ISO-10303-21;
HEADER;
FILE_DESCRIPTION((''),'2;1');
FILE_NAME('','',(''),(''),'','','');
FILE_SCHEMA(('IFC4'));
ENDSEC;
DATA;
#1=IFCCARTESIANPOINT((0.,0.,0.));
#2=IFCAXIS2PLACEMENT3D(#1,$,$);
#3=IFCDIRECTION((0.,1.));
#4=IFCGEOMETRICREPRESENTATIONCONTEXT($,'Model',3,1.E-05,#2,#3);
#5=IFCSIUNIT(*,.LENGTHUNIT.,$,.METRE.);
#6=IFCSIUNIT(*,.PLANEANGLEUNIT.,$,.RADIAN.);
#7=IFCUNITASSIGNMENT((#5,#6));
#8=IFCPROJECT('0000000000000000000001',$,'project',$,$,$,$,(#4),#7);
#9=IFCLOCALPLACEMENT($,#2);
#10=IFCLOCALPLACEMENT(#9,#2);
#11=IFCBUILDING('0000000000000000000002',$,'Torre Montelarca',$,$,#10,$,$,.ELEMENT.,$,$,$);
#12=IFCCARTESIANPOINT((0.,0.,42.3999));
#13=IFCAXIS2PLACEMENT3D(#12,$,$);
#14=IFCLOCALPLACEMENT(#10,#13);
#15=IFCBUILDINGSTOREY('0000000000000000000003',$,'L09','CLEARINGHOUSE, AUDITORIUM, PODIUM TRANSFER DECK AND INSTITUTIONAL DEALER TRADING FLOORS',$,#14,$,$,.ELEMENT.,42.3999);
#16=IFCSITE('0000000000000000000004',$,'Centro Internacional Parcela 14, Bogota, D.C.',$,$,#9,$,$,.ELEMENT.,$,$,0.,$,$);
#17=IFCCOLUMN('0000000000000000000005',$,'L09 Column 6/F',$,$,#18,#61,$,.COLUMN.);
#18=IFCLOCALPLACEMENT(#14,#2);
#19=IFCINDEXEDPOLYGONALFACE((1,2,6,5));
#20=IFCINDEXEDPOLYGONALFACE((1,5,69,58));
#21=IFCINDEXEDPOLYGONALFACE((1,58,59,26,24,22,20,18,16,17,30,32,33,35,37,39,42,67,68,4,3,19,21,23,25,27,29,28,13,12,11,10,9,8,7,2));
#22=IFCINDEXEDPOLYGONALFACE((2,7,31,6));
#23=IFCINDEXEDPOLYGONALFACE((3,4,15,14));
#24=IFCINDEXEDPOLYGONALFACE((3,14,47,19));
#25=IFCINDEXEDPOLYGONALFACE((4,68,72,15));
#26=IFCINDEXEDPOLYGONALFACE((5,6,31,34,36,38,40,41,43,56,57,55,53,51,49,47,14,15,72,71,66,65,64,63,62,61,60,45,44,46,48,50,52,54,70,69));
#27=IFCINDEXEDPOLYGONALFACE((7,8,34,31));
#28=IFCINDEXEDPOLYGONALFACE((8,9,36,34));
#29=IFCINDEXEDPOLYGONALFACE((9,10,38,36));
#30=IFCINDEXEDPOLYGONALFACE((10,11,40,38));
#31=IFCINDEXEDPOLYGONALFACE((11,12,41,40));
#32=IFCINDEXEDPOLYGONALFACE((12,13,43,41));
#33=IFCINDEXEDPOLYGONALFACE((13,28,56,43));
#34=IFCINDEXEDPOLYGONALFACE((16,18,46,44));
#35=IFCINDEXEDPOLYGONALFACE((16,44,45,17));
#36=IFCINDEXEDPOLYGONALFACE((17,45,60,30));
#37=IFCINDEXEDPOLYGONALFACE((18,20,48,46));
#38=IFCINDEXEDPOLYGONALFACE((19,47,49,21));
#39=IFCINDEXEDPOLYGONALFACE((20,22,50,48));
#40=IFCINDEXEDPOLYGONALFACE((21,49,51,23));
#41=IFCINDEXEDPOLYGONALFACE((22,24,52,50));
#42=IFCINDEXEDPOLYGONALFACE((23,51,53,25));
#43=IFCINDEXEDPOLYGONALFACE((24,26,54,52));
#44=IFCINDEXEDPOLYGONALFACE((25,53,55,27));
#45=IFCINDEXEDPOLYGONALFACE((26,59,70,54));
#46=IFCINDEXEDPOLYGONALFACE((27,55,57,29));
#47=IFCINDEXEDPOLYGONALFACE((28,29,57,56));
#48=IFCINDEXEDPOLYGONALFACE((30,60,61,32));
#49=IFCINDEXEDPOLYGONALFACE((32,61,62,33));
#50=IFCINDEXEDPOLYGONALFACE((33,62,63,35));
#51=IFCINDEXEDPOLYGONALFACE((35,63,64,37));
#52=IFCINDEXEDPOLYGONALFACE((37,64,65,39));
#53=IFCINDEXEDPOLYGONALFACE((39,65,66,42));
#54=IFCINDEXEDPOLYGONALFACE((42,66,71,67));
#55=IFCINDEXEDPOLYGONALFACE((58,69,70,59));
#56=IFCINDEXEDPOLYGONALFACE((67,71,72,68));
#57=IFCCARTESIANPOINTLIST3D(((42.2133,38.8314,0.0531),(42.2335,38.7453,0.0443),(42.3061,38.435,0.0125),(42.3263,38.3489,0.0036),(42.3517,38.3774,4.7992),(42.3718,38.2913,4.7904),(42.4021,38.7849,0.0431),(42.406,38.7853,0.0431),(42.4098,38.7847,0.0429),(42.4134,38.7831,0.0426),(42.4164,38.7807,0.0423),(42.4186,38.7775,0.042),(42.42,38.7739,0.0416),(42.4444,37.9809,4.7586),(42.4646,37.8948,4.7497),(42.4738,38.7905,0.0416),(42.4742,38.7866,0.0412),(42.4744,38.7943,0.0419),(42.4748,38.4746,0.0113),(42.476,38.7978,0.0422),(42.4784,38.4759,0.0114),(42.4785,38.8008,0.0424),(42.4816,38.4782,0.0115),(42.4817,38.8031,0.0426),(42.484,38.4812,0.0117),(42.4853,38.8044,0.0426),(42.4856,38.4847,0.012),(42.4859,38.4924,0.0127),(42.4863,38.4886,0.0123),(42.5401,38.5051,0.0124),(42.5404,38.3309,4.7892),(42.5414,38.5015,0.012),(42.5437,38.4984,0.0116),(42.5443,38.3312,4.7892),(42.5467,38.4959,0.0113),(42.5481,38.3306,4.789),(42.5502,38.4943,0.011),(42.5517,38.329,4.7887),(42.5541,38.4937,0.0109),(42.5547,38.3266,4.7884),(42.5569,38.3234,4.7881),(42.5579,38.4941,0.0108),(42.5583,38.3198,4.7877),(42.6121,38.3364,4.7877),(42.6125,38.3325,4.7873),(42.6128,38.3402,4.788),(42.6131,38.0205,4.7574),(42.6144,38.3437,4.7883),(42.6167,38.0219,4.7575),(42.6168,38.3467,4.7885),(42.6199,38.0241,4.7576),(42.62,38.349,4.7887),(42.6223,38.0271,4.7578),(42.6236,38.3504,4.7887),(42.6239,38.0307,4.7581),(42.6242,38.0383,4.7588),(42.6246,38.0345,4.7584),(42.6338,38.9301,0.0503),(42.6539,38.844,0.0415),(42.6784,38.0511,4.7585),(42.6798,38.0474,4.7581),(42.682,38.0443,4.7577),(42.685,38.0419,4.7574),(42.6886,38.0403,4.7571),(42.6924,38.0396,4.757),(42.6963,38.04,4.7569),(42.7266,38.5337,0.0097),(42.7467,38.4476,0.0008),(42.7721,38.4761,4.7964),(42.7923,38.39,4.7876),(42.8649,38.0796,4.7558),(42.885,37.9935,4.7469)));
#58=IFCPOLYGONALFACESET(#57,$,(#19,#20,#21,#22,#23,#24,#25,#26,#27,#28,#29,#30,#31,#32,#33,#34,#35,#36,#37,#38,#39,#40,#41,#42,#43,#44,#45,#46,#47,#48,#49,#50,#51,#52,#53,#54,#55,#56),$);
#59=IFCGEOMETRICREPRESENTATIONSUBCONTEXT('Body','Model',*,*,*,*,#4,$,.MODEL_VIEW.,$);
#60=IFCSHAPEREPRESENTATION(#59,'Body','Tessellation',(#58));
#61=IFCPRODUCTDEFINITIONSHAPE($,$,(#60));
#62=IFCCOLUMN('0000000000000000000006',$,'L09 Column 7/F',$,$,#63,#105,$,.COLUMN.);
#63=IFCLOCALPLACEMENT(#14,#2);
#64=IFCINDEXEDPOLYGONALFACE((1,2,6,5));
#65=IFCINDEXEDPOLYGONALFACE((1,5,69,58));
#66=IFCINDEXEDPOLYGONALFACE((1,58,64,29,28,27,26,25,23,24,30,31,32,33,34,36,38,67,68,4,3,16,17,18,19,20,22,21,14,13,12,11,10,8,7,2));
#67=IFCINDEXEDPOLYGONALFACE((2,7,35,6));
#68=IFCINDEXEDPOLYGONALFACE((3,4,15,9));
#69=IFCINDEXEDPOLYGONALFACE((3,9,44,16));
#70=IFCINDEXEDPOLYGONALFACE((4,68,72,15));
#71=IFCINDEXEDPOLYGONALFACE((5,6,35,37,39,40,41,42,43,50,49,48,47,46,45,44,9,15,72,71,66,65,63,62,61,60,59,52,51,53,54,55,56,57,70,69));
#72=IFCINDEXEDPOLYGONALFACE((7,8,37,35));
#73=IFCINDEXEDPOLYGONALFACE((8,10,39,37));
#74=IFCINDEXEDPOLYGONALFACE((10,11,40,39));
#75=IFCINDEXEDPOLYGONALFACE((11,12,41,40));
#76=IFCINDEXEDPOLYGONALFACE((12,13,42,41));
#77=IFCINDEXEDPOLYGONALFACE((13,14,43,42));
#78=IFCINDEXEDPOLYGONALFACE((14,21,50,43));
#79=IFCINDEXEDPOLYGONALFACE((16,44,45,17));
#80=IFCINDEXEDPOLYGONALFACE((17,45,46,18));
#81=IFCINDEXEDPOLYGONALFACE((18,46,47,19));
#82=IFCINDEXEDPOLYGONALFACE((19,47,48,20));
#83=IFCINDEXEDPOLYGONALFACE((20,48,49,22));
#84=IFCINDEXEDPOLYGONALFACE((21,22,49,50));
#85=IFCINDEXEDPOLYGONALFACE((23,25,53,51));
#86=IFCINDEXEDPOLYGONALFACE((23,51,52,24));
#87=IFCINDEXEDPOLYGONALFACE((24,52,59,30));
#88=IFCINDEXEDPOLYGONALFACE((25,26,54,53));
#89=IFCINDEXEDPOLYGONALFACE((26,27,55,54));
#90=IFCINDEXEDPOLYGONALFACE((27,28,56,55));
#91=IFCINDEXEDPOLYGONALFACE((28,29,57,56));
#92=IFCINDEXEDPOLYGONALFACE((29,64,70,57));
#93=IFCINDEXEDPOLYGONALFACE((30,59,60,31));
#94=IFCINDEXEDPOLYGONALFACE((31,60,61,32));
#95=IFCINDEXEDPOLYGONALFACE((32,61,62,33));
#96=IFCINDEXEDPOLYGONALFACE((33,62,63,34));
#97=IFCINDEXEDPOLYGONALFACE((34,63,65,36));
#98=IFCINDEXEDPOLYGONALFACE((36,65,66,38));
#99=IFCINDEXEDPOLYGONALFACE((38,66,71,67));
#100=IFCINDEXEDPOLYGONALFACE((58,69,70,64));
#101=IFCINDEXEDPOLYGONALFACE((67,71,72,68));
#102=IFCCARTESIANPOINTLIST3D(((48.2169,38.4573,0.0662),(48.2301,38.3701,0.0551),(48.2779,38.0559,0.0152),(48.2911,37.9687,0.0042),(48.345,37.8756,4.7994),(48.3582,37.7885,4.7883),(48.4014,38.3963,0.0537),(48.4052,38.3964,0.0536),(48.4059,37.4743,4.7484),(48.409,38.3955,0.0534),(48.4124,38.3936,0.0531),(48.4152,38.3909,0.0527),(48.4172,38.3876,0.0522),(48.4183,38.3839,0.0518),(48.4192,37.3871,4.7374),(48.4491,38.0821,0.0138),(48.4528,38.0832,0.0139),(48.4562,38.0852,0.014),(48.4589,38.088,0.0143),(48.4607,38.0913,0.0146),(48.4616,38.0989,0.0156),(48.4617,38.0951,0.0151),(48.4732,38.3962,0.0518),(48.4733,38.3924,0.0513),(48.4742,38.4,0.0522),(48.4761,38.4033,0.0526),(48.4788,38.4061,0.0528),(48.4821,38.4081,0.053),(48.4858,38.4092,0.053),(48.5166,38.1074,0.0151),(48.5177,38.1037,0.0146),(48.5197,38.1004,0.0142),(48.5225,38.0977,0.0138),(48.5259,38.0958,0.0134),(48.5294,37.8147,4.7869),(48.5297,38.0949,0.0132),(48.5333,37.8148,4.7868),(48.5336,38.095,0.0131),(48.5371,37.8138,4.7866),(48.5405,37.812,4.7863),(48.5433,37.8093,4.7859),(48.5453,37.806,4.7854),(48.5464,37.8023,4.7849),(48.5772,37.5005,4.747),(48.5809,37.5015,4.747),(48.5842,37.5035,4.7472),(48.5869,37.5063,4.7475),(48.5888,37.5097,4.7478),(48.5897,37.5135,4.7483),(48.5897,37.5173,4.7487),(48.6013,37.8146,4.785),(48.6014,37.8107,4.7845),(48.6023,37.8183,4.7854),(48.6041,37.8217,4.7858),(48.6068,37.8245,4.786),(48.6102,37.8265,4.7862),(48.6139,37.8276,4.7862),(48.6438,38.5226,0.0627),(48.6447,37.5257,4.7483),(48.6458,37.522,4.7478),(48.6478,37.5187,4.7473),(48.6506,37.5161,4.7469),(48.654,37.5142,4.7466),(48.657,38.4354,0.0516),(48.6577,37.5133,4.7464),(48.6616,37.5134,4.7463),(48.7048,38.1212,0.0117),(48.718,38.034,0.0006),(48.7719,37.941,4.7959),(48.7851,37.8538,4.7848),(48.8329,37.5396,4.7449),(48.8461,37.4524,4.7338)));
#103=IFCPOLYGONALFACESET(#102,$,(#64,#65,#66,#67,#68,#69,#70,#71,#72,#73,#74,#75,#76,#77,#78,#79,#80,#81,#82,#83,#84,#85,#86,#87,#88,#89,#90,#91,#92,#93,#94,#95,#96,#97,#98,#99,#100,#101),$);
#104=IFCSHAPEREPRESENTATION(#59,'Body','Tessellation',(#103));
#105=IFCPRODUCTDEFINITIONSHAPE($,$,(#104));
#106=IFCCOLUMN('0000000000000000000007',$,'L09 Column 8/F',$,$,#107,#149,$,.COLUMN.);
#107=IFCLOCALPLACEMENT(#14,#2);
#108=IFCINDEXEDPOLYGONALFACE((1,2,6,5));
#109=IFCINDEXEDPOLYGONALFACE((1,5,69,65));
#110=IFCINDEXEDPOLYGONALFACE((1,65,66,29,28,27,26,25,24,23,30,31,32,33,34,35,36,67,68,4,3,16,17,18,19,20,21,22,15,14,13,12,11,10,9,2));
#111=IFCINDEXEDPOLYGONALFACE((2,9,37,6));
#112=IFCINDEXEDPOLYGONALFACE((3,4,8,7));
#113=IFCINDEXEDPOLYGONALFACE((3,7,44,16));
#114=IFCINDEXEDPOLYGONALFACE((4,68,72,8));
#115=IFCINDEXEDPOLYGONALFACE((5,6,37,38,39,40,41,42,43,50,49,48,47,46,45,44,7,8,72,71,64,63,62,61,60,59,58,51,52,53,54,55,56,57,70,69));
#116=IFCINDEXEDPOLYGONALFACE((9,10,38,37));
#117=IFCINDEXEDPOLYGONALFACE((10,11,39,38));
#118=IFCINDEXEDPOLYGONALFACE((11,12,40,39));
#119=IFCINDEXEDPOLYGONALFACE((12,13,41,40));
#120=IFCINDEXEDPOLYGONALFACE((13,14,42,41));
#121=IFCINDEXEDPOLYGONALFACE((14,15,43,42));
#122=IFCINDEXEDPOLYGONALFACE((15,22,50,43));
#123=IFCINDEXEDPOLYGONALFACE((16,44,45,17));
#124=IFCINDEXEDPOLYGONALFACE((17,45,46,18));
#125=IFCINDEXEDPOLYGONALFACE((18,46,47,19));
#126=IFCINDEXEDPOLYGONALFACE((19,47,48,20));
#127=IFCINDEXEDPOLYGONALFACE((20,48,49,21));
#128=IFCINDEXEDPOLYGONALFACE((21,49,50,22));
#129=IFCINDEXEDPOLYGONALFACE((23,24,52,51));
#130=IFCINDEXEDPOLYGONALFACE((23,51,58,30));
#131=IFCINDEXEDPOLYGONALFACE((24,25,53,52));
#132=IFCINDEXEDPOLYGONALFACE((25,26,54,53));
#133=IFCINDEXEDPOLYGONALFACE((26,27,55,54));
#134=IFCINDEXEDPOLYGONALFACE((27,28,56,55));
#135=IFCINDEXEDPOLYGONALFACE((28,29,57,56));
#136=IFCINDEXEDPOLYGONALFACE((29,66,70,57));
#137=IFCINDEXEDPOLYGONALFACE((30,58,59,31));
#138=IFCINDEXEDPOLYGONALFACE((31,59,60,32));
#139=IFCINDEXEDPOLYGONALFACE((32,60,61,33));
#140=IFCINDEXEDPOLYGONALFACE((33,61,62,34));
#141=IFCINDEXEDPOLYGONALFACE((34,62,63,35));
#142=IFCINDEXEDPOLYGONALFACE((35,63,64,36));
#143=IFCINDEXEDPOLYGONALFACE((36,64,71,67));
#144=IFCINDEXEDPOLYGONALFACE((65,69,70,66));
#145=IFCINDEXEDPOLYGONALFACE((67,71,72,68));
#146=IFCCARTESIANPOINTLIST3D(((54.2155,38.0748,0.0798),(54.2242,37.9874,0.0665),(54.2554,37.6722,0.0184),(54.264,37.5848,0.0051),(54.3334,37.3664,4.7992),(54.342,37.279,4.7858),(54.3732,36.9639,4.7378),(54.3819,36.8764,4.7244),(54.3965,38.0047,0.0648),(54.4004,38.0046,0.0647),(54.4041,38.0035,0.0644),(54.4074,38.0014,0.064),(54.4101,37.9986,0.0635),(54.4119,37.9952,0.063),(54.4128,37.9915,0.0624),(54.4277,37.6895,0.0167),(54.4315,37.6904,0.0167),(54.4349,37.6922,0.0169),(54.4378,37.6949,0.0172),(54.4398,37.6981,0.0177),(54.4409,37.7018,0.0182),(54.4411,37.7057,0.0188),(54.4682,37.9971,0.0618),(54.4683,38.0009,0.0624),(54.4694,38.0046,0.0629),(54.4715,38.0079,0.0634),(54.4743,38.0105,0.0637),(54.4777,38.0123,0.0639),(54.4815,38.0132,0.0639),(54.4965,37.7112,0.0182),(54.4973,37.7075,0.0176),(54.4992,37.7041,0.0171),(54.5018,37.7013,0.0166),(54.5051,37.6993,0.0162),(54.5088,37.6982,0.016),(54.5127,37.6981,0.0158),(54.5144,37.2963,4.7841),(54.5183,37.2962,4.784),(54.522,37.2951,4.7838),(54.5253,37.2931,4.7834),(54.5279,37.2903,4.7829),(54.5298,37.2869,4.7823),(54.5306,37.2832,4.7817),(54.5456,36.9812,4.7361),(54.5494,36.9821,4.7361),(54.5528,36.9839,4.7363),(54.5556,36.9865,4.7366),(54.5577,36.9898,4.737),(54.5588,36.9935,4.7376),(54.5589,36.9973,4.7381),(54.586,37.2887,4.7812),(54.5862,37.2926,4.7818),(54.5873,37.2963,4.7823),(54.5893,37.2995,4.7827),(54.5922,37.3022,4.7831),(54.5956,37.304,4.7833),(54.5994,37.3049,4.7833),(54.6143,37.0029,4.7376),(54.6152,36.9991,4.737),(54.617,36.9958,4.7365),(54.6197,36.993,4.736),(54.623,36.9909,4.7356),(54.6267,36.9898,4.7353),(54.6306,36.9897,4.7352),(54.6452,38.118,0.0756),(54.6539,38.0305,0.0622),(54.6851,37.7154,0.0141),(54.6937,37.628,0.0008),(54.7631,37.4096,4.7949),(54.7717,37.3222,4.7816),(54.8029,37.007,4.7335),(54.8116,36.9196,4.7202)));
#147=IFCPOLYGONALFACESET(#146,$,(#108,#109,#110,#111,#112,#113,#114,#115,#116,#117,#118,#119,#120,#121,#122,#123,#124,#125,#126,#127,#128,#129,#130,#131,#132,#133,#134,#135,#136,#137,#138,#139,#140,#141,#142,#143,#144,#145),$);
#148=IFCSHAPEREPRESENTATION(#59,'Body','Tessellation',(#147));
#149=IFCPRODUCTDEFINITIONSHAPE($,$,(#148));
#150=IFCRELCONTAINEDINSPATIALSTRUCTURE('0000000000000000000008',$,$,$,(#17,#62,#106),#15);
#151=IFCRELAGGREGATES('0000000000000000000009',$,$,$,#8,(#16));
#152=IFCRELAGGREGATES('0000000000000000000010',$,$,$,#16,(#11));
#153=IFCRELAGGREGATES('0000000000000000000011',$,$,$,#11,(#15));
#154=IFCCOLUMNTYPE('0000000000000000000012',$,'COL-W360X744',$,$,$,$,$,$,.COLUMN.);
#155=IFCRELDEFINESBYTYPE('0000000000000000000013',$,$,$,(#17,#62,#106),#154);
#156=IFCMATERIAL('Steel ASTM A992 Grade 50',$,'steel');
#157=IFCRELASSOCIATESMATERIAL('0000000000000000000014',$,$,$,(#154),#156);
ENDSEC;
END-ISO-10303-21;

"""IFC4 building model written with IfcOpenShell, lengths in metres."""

from ifc_helpers import new_model, si_unit, direction, frame, origin, origin_2d, place, context, subcontext, project, spatial, i_section, extrude, clip, halfspace, material, material_profile, profile_set, type_object, element, save


model = new_model("IFC4")

# Units and contexts
model_context = context("Model", 3, precision=1e-05, world=origin(), true_north=direction((0.0, 1.0)))
body_context = subcontext(model_context, "Body", "Model", "MODEL_VIEW")
ifc_project = project(units=[si_unit("LENGTHUNIT", "METRE"), si_unit("PLANEANGLEUNIT", "RADIAN")], contexts=[model_context])

# Site, building, storey
site_placement = place(None, origin())
site = spatial("IfcSite", under=ifc_project, at=site_placement, Name="Centro Internacional Parcela 14, Bogota, D.C.", CompositionType="ELEMENT", RefElevation=0.0)
building_placement = place(site_placement, origin())
building = spatial("IfcBuilding", under=site, at=building_placement, Name="Torre Montelarca", CompositionType="ELEMENT")
storey_placement = place(building_placement, frame((0.0, 0.0, 42.3999)))
storey = spatial("IfcBuildingStorey", under=building, at=storey_placement, Name="L09", Description="CLEARINGHOUSE, AUDITORIUM, PODIUM TRANSFER DECK AND INSTITUTIONAL DEALER TRADING FLOORS", CompositionType="ELEMENT", Elevation=42.3999)

# Columns
ifc_material_1 = material(Name="Steel ASTM A992 Grade 50", Category="steel")
ifc_material_profile_1 = material_profile(ifc_material_1, i_section(OverallWidth=0.4319, OverallDepth=0.498, WebThickness=0.0557, FlangeThickness=0.0889, FilletRadius=0.0149, at=origin_2d()), Name="W360X744", Category="steel")
ifc_profile_set_1 = profile_set([ifc_material_profile_1], Name="Steel ASTM A992 Grade 50")
column_type_1 = type_object("IfcColumnType", Name="COL-W360X744", PredefinedType="COLUMN", material=ifc_profile_set_1)
column_1_placement = place(storey_placement, frame((42.4792, 38.6421, 0.0), z_axis=(0.028999, -0.095197, 0.995036), x_axis=(-0.973516, -0.228526, 0.006509)))
element("IfcColumn", 1, at=column_1_placement, inside=storey, type_object=column_type_1, Name="L09 Column 6/F", PredefinedType="COLUMN", context=body_context, shape_type="Clipping", body=[
    clip(clip(extrude(i_section(OverallWidth=0.4319, OverallDepth=0.498, WebThickness=0.0557, FlangeThickness=0.0889, FilletRadius=0.0149, at=origin_2d()), origin(), (0.0, 0.0, 1.0), 4.824), halfspace(frame((0.0, 0.0, 0.0271), z_axis=(0.0, 0.0, -1.0), x_axis=(1.0, 0.0, 0.0)), False)), halfspace(frame((0.0, 0.0, 4.7969), z_axis=(0.0, 0.0, 1.0), x_axis=(1.0, 0.0, 0.0)), False)),
])
column_2_placement = place(storey_placement, frame((48.4666, 38.2498, 0.0), z_axis=(0.026847, -0.121922, 0.992177), x_axis=(-0.988467, -0.151213, 0.008165)))
element("IfcColumn", 2, at=column_2_placement, inside=storey, type_object=column_type_1, Name="L09 Column 7/F", PredefinedType="COLUMN", context=body_context, shape_type="Clipping", body=[
    clip(clip(extrude(i_section(OverallWidth=0.4319, OverallDepth=0.498, WebThickness=0.0557, FlangeThickness=0.0889, FilletRadius=0.0149, at=origin_2d()), origin(), (0.0, 0.0, 1.0), 4.8379), halfspace(frame((0.0, 0.0, 0.0337), z_axis=(0.0, 0.0, -1.0), x_axis=(1.0, 0.0, 0.0)), False)), halfspace(frame((0.0, 0.0, 4.8042), z_axis=(0.0, 0.0, 1.0), x_axis=(1.0, 0.0, 0.0)), False)),
])
column_3_placement = place(storey_placement, frame((54.4536, 37.8574, 0.0), z_axis=(0.024689, -0.148386, 0.988621), x_axis=(-0.994939, -0.099994, 0.009838)))
element("IfcColumn", 3, at=column_3_placement, inside=storey, type_object=column_type_1, Name="L09 Column 8/F", PredefinedType="COLUMN", context=body_context, shape_type="Clipping", body=[
    clip(clip(extrude(i_section(OverallWidth=0.4319, OverallDepth=0.498, WebThickness=0.0557, FlangeThickness=0.0889, FilletRadius=0.0149, at=origin_2d()), origin(), (0.0, 0.0, 1.0), 4.8552), halfspace(frame((0.0, 0.0, 0.0408), z_axis=(0.0, 0.0, -1.0), x_axis=(1.0, 0.0, 0.0)), False)), halfspace(frame((0.0, 0.0, 4.8145), z_axis=(0.0, 0.0, 1.0), x_axis=(1.0, 0.0, 0.0)), False)),
])

save(model, "model.ifc")
